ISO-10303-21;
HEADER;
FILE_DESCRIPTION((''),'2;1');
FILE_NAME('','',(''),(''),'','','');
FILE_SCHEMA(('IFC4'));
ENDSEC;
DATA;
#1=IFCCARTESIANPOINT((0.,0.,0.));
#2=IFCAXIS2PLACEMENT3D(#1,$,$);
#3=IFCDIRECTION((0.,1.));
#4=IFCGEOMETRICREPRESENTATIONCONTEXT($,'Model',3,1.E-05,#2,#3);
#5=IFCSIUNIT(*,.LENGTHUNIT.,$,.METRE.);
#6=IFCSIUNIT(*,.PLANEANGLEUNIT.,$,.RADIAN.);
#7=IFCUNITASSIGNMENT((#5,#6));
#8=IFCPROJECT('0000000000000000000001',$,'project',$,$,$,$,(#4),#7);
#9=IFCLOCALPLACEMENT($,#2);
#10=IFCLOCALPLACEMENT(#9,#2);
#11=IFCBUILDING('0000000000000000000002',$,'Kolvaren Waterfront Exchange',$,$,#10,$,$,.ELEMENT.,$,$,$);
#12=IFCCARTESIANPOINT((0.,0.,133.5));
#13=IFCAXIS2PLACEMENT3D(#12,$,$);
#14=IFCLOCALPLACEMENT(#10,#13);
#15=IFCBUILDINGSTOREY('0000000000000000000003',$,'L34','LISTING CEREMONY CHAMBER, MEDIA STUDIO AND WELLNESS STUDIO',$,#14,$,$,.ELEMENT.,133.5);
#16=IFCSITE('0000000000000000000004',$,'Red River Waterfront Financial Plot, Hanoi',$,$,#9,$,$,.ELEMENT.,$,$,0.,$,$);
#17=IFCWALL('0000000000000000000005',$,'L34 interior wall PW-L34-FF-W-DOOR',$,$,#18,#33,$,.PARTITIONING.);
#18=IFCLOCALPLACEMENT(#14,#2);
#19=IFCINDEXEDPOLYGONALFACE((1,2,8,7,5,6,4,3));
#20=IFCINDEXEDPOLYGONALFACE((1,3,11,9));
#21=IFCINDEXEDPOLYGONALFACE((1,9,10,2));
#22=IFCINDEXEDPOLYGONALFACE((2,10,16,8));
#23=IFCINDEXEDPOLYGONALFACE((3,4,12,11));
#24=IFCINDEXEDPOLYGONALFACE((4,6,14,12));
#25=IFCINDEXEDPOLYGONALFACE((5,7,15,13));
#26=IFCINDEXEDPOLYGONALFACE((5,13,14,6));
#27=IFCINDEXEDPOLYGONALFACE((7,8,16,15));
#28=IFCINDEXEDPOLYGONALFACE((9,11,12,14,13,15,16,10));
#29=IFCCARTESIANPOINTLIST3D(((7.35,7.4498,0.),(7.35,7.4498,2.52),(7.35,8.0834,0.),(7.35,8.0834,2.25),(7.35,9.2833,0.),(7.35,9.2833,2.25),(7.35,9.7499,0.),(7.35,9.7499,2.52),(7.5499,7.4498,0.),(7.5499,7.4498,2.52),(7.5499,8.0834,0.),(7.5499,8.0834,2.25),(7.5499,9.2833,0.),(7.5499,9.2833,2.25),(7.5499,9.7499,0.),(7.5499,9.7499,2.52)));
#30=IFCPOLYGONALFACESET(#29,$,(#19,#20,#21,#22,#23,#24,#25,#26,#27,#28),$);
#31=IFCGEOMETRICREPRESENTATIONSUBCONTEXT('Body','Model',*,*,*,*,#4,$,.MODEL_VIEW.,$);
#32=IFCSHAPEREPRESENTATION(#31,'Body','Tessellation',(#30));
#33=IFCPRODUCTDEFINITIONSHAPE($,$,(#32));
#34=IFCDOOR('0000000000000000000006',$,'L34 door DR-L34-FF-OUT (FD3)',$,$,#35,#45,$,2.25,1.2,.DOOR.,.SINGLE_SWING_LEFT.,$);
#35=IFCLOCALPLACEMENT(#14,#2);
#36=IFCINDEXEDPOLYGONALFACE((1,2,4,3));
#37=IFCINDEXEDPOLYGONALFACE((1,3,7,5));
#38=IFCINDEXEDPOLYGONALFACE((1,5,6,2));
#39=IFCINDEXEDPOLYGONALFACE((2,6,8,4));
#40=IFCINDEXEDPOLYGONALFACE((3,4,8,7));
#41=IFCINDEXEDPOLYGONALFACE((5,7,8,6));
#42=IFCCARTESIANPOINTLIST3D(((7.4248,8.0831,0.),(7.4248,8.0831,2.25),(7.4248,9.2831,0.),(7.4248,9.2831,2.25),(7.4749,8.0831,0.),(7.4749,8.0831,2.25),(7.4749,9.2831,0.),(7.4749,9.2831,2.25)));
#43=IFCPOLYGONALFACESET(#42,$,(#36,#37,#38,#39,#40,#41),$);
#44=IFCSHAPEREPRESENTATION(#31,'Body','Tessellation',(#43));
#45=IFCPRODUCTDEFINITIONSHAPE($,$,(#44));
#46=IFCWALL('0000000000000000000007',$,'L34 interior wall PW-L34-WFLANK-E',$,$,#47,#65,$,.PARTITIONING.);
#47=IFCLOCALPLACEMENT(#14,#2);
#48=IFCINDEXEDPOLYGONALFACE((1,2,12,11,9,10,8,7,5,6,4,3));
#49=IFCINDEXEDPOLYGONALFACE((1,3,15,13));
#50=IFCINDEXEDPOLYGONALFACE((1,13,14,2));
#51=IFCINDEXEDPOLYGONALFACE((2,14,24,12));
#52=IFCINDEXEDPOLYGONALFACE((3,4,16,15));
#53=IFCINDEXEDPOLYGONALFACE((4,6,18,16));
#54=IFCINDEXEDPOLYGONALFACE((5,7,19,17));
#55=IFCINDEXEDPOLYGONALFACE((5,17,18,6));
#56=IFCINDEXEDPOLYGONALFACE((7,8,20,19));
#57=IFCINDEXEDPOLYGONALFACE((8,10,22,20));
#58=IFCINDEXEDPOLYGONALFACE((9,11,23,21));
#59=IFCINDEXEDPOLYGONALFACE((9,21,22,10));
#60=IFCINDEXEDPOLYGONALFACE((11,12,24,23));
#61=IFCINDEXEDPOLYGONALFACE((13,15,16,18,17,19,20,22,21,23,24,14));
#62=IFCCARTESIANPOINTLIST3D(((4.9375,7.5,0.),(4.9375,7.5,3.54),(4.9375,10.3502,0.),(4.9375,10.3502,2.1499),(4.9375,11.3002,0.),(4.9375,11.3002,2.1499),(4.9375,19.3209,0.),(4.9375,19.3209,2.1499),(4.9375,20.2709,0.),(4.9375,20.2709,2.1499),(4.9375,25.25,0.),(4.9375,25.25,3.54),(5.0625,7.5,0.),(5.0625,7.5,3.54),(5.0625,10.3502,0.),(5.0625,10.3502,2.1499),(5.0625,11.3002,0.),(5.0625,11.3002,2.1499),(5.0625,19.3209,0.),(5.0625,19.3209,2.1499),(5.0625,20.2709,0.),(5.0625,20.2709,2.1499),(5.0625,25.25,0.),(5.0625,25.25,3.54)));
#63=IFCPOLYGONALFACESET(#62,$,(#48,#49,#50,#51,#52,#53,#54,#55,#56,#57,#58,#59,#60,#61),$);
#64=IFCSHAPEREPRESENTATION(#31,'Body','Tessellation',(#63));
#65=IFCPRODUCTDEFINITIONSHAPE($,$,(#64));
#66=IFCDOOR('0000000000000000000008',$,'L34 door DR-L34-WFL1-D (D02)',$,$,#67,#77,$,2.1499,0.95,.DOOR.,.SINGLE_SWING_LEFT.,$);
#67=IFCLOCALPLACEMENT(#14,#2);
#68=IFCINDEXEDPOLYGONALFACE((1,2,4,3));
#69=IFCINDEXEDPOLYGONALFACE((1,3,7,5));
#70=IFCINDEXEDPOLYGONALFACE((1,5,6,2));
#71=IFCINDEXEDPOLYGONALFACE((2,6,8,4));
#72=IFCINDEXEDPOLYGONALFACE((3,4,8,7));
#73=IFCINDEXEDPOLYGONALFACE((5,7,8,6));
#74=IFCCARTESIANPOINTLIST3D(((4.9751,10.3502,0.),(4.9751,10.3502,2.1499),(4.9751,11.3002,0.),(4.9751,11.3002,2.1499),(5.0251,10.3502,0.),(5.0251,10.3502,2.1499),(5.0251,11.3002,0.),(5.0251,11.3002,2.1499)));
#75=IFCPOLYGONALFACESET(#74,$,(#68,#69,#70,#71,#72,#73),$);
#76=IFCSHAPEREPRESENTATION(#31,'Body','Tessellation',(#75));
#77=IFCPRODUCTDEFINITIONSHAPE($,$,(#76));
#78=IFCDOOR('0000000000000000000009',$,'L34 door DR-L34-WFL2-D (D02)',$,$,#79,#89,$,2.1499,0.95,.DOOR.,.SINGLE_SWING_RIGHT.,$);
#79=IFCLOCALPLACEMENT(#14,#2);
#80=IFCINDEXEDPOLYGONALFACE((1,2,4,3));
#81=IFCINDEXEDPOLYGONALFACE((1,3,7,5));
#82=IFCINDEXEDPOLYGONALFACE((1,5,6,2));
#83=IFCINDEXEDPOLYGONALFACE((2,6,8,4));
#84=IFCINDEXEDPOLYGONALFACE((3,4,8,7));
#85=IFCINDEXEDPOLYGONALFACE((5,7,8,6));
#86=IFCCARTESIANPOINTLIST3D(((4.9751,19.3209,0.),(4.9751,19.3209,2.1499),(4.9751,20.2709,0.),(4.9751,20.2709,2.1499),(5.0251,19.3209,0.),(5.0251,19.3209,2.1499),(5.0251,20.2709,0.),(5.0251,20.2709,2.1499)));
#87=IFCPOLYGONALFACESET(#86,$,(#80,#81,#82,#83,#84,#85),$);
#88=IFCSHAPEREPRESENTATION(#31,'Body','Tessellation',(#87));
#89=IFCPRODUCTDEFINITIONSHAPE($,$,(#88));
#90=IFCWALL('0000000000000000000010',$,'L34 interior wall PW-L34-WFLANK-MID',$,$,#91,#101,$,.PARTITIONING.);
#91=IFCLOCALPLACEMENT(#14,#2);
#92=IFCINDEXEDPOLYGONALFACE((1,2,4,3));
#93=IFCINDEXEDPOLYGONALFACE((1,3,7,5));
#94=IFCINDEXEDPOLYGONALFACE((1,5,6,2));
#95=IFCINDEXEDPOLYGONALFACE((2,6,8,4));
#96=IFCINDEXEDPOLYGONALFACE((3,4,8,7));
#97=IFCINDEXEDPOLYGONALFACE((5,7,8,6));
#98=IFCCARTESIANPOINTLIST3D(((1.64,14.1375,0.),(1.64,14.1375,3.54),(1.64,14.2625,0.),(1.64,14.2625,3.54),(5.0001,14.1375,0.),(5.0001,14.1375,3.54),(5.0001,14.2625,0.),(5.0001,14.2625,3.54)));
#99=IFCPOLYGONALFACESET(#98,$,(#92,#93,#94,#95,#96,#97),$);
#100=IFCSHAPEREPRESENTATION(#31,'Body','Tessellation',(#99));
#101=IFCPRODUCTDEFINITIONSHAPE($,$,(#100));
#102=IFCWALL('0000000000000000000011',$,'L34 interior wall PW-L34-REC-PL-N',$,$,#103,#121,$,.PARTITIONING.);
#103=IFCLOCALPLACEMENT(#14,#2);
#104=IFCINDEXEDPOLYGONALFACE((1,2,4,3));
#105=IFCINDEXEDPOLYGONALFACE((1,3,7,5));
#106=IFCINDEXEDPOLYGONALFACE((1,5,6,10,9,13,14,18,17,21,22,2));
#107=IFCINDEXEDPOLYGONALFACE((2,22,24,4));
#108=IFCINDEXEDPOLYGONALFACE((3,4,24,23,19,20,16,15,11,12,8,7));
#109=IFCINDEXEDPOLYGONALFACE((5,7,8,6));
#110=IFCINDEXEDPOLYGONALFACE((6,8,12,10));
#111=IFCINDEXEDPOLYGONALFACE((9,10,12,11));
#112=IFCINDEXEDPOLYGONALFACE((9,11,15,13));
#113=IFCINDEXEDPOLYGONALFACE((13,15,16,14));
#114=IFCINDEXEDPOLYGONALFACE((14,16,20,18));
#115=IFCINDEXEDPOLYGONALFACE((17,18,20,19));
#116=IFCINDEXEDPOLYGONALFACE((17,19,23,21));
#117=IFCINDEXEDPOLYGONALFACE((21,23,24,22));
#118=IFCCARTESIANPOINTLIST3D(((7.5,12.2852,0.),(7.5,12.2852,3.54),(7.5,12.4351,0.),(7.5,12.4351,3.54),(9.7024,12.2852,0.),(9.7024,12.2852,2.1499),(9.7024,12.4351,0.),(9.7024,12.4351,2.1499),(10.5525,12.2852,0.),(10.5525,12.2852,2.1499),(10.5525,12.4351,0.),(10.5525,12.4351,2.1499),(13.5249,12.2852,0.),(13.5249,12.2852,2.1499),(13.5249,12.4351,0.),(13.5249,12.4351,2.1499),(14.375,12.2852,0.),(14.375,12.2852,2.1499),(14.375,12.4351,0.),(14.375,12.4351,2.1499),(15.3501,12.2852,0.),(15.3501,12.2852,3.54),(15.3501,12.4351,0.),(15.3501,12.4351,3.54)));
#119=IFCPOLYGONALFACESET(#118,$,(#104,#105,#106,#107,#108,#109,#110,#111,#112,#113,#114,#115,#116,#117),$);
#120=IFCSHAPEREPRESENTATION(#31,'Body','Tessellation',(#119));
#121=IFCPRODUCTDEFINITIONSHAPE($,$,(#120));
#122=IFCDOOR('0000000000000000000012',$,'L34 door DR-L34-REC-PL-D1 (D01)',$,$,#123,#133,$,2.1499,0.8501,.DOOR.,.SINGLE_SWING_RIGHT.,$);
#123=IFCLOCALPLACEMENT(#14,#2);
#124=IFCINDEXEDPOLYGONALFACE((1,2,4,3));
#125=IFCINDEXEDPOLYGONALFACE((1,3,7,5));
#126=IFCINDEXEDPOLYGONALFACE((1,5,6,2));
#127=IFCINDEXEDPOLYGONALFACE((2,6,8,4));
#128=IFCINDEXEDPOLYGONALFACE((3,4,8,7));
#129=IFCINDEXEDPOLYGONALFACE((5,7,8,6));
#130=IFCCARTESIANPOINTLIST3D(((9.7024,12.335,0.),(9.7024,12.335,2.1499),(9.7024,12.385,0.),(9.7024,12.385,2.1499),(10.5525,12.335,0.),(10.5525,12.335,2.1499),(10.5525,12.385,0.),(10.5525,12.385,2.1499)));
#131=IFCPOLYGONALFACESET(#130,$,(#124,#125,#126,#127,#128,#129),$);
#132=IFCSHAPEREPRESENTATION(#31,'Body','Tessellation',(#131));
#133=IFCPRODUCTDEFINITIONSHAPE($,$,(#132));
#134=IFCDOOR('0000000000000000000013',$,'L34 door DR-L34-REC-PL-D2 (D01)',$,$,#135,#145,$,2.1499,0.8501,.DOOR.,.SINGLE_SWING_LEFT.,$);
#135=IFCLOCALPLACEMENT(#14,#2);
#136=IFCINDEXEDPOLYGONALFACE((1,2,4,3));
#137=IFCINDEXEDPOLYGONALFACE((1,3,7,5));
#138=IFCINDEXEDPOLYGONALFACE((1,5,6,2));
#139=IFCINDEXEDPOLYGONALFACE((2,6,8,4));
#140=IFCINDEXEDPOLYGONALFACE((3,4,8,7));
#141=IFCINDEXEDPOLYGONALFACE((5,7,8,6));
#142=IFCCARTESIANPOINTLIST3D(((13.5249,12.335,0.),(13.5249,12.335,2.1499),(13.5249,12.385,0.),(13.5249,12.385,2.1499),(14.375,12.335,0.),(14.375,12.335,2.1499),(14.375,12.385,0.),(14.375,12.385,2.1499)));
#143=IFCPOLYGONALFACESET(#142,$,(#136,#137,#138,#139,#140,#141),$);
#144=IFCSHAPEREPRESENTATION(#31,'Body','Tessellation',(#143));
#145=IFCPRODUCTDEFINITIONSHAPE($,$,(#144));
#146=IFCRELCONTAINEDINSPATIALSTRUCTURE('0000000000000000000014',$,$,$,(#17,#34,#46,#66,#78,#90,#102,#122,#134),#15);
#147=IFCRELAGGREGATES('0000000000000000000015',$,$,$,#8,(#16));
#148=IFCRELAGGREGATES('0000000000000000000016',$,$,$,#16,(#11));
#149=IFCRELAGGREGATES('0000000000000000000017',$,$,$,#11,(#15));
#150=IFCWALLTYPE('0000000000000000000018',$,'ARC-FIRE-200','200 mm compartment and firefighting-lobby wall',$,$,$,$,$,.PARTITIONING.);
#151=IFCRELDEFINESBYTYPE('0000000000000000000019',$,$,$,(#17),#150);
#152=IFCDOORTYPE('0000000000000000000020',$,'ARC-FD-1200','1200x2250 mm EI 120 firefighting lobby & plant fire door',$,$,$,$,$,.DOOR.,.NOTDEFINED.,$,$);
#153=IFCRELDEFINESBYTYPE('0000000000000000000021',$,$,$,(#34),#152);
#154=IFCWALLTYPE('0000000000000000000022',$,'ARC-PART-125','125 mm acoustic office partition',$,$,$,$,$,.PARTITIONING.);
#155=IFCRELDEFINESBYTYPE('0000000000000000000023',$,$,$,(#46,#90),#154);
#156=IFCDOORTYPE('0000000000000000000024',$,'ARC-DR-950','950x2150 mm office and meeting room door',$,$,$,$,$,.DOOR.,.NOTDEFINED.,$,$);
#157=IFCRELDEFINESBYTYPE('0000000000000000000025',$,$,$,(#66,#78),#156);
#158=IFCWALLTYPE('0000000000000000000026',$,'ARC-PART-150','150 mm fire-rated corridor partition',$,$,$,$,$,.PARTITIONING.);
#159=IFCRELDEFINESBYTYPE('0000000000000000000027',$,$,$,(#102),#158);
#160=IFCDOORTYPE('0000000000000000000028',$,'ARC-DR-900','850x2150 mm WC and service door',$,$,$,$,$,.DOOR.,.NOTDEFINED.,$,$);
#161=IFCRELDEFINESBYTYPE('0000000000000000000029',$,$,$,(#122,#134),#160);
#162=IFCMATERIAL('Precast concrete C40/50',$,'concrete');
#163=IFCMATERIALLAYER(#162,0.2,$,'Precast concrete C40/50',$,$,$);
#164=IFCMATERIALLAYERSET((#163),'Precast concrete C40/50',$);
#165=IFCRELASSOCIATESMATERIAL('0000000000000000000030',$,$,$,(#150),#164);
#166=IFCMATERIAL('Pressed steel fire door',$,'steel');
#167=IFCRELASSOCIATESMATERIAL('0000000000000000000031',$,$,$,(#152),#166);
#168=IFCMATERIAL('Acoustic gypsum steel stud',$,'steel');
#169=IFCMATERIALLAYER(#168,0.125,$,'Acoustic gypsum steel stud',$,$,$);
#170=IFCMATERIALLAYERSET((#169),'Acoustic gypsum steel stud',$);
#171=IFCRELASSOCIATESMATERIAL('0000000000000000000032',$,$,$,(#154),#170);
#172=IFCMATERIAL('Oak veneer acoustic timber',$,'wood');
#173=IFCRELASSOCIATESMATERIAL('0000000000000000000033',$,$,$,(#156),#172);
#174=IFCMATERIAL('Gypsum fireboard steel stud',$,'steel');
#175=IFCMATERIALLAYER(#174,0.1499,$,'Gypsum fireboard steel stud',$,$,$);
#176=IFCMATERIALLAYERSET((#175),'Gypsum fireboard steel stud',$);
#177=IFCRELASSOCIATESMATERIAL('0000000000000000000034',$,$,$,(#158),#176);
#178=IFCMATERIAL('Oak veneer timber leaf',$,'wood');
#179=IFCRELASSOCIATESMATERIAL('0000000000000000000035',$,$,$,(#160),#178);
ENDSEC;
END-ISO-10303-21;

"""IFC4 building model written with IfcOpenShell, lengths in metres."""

from ifc_helpers import new_model, si_unit, direction, frame, frame_2d, origin, place, context, subcontext, project, spatial, rectangle, extrude, material, layer, layer_set, type_object, element, fill, save


model = new_model("IFC4")

# Units and contexts
model_context = context("Model", 3, precision=1e-05, world=origin(), true_north=direction((0.0, 1.0)))
body_context = subcontext(model_context, "Body", "Model", "MODEL_VIEW")
ifc_project = project(units=[si_unit("LENGTHUNIT", "METRE"), si_unit("PLANEANGLEUNIT", "RADIAN")], contexts=[model_context])

# Site, building, storey
site_placement = place(None, origin())
site = spatial("IfcSite", under=ifc_project, at=site_placement, Name="Red River Waterfront Financial Plot, Hanoi", CompositionType="ELEMENT", RefElevation=0.0)
building_placement = place(site_placement, origin())
building = spatial("IfcBuilding", under=site, at=building_placement, Name="Kolvaren Waterfront Exchange", CompositionType="ELEMENT")
storey_placement = place(building_placement, frame((0.0, 0.0, 133.5)))
storey = spatial("IfcBuildingStorey", under=building, at=storey_placement, Name="L34", Description="LISTING CEREMONY CHAMBER, MEDIA STUDIO AND WELLNESS STUDIO", CompositionType="ELEMENT", Elevation=133.5)

# Shared definitions
ifc_material_1 = material(Name="Precast concrete C40/50", Category="concrete")
ifc_layer_1 = layer(ifc_material_1, 0.2, Name="Precast concrete C40/50")
ifc_layer_set_1 = layer_set([ifc_layer_1], Name="Precast concrete C40/50")
wall_type_1 = type_object("IfcWallType", Name="ARC-FIRE-200", Description="200 mm compartment and firefighting-lobby wall", PredefinedType="PARTITIONING", material=ifc_layer_set_1)

# Wall, opening, door
wall_1_placement = place(storey_placement, frame((7.45, 7.45, 0.0), z_axis=(0.0, 0.0, 1.0), x_axis=(0.0, 1.0, 0.0)))
wall_1 = element("IfcWall", 1, at=wall_1_placement, inside=storey, type_object=wall_type_1, Name="L34 interior wall PW-L34-FF-W-DOOR", PredefinedType="PARTITIONING", context=body_context, shape_type="SweptSolid", body=[
    extrude(rectangle(XDim=2.3, YDim=0.2, at=frame_2d((1.1499, 0.0))), origin(), (0.0, 0.0, 1.0), 2.52),
])
opening_1_placement = place(wall_1_placement, frame((0.6333, 0.0, 0.0)))
opening_1 = element("IfcOpeningElement", 2, at=opening_1_placement, cuts=wall_1, PredefinedType="OPENING", context=body_context, shape_type="SweptSolid", body=[
    extrude(rectangle(XDim=1.2, YDim=2.25, at=frame_2d((0.6001, 1.125))), frame((0.0, 0.1099, 0.0), z_axis=(0.0, -1.0, 0.0), x_axis=(1.0, 0.0, 0.0)), (0.0, 0.0, 1.0), 0.22),
])
ifc_material_2 = material(Name="Pressed steel fire door", Category="steel")
door_type_1 = type_object("IfcDoorType", Name="ARC-FD-1200", Description="1200x2250 mm EI 120 firefighting lobby & plant fire door", OperationType="NOTDEFINED", PredefinedType="DOOR", material=ifc_material_2)
door_1_placement = place(opening_1_placement, frame((1.2, 0.0, 0.0), z_axis=(0.0, 0.0, 1.0), x_axis=(-1.0, 0.0, 0.0)))
door_1 = element("IfcDoor", 3, at=door_1_placement, inside=storey, type_object=door_type_1, Name="L34 door DR-L34-FF-OUT (FD3)", OperationType="SINGLE_SWING_LEFT", OverallHeight=2.25, OverallWidth=1.2, PredefinedType="DOOR", context=body_context, shape_type="SweptSolid", body=[
    extrude(rectangle(XDim=1.2, YDim=2.25, at=frame_2d((0.6001, 1.125))), frame((0.0, 0.0249, 0.0), z_axis=(0.0, -1.0, 0.0), x_axis=(1.0, 0.0, 0.0)), (0.0, 0.0, 1.0), 0.05),
])
fill(opening_1, door_1)

# Wall, openings, doors
ifc_material_3 = material(Name="Acoustic gypsum steel stud", Category="steel")
ifc_layer_2 = layer(ifc_material_3, 0.125, Name="Acoustic gypsum steel stud")
ifc_layer_set_2 = layer_set([ifc_layer_2], Name="Acoustic gypsum steel stud")
wall_type_2 = type_object("IfcWallType", Name="ARC-PART-125", Description="125 mm acoustic office partition", PredefinedType="PARTITIONING", material=ifc_layer_set_2)
wall_2_placement = place(storey_placement, frame((5.0, 7.5, 0.0), z_axis=(0.0, 0.0, 1.0), x_axis=(0.0, 1.0, 0.0)))
wall_2 = element("IfcWall", 4, at=wall_2_placement, inside=storey, type_object=wall_type_2, Name="L34 interior wall PW-L34-WFLANK-E", PredefinedType="PARTITIONING", context=body_context, shape_type="SweptSolid", body=[
    extrude(rectangle(XDim=17.75, YDim=0.125, at=frame_2d((8.875, 0.0))), origin(), (0.0, 0.0, 1.0), 3.54),
])
opening_2_placement = place(wall_2_placement, frame((2.8501, 0.0, 0.0)))
opening_2 = element("IfcOpeningElement", 5, at=opening_2_placement, cuts=wall_2, PredefinedType="OPENING", context=body_context, shape_type="SweptSolid", body=[
    extrude(rectangle(XDim=0.95, YDim=2.1499, at=frame_2d((0.4751, 1.075))), frame((0.0, 0.0725, 0.0), z_axis=(0.0, -1.0, 0.0), x_axis=(1.0, 0.0, 0.0)), (0.0, 0.0, 1.0), 0.145),
])
opening_3_placement = place(wall_2_placement, frame((11.8208, 0.0, 0.0)))
opening_3 = element("IfcOpeningElement", 6, at=opening_3_placement, cuts=wall_2, PredefinedType="OPENING", context=body_context, shape_type="SweptSolid", body=[
    extrude(rectangle(XDim=0.95, YDim=2.1499, at=frame_2d((0.4751, 1.075))), frame((0.0, 0.0725, 0.0), z_axis=(0.0, -1.0, 0.0), x_axis=(1.0, 0.0, 0.0)), (0.0, 0.0, 1.0), 0.145),
])
ifc_material_4 = material(Name="Oak veneer acoustic timber", Category="wood")
door_type_2 = type_object("IfcDoorType", Name="ARC-DR-950", Description="950x2150 mm office and meeting room door", OperationType="NOTDEFINED", PredefinedType="DOOR", material=ifc_material_4)
door_2_placement = place(opening_2_placement, origin())
door_2 = element("IfcDoor", 7, at=door_2_placement, inside=storey, type_object=door_type_2, Name="L34 door DR-L34-WFL1-D (D02)", OperationType="SINGLE_SWING_LEFT", OverallHeight=2.1499, OverallWidth=0.95, PredefinedType="DOOR", context=body_context, shape_type="SweptSolid", body=[
    extrude(rectangle(XDim=0.95, YDim=2.1499, at=frame_2d((0.4751, 1.075))), frame((0.0, 0.0249, 0.0), z_axis=(0.0, -1.0, 0.0), x_axis=(1.0, 0.0, 0.0)), (0.0, 0.0, 1.0), 0.05),
])
fill(opening_2, door_2)
door_3_placement = place(opening_3_placement, origin())
door_3 = element("IfcDoor", 8, at=door_3_placement, inside=storey, type_object=door_type_2, Name="L34 door DR-L34-WFL2-D (D02)", OperationType="SINGLE_SWING_RIGHT", OverallHeight=2.1499, OverallWidth=0.95, PredefinedType="DOOR", context=body_context, shape_type="SweptSolid", body=[
    extrude(rectangle(XDim=0.95, YDim=2.1499, at=frame_2d((0.4751, 1.075))), frame((0.0, 0.0249, 0.0), z_axis=(0.0, -1.0, 0.0), x_axis=(1.0, 0.0, 0.0)), (0.0, 0.0, 1.0), 0.05),
])
fill(opening_3, door_3)

# Wall
wall_3_placement = place(storey_placement, frame((1.6399, 14.2, 0.0), z_axis=(0.0, 0.0, 1.0), x_axis=(1.0, 0.0, 0.0)))
element("IfcWall", 9, at=wall_3_placement, inside=storey, type_object=wall_type_2, Name="L34 interior wall PW-L34-WFLANK-MID", PredefinedType="PARTITIONING", context=body_context, shape_type="SweptSolid", body=[
    extrude(rectangle(XDim=3.3601, YDim=0.125, at=frame_2d((1.6802, 0.0))), origin(), (0.0, 0.0, 1.0), 3.54),
])

# Wall, openings, doors
ifc_material_5 = material(Name="Gypsum fireboard steel stud", Category="steel")
ifc_layer_3 = layer(ifc_material_5, 0.1499, Name="Gypsum fireboard steel stud")
ifc_layer_set_3 = layer_set([ifc_layer_3], Name="Gypsum fireboard steel stud")
wall_type_3 = type_object("IfcWallType", Name="ARC-PART-150", Description="150 mm fire-rated corridor partition", PredefinedType="PARTITIONING", material=ifc_layer_set_3)
wall_4_placement = place(storey_placement, frame((7.5, 12.3601, 0.0), z_axis=(0.0, 0.0, 1.0), x_axis=(1.0, 0.0, 0.0)))
wall_4 = element("IfcWall", 10, at=wall_4_placement, inside=storey, type_object=wall_type_3, Name="L34 interior wall PW-L34-REC-PL-N", PredefinedType="PARTITIONING", context=body_context, shape_type="SweptSolid", body=[
    extrude(rectangle(XDim=7.8501, YDim=0.1499, at=frame_2d((3.925, 0.0))), origin(), (0.0, 0.0, 1.0), 3.54),
])
opening_4_placement = place(wall_4_placement, frame((2.2024, 0.0, 0.0)))
opening_4 = element("IfcOpeningElement", 11, at=opening_4_placement, cuts=wall_4, PredefinedType="OPENING", context=body_context, shape_type="SweptSolid", body=[
    extrude(rectangle(XDim=0.8501, YDim=2.1499, at=frame_2d((0.425, 1.075))), frame((0.0, 0.085, 0.0), z_axis=(0.0, -1.0, 0.0), x_axis=(1.0, 0.0, 0.0)), (0.0, 0.0, 1.0), 0.1699),
])
opening_5_placement = place(wall_4_placement, frame((6.0249, 0.0, 0.0)))
opening_5 = element("IfcOpeningElement", 12, at=opening_5_placement, cuts=wall_4, PredefinedType="OPENING", context=body_context, shape_type="SweptSolid", body=[
    extrude(rectangle(XDim=0.8501, YDim=2.1499, at=frame_2d((0.425, 1.075))), frame((0.0, 0.085, 0.0), z_axis=(0.0, -1.0, 0.0), x_axis=(1.0, 0.0, 0.0)), (0.0, 0.0, 1.0), 0.1699),
])
ifc_material_6 = material(Name="Oak veneer timber leaf", Category="wood")
door_type_3 = type_object("IfcDoorType", Name="ARC-DR-900", Description="850x2150 mm WC and service door", OperationType="NOTDEFINED", PredefinedType="DOOR", material=ifc_material_6)
door_4_placement = place(opening_4_placement, origin())
door_4 = element("IfcDoor", 13, at=door_4_placement, inside=storey, type_object=door_type_3, Name="L34 door DR-L34-REC-PL-D1 (D01)", OperationType="SINGLE_SWING_RIGHT", OverallHeight=2.1499, OverallWidth=0.8501, PredefinedType="DOOR", context=body_context, shape_type="SweptSolid", body=[
    extrude(rectangle(XDim=0.8501, YDim=2.1499, at=frame_2d((0.425, 1.075))), frame((0.0, 0.0249, 0.0), z_axis=(0.0, -1.0, 0.0), x_axis=(1.0, 0.0, 0.0)), (0.0, 0.0, 1.0), 0.05),
])
fill(opening_4, door_4)
door_5_placement = place(opening_5_placement, origin())
door_5 = element("IfcDoor", 14, at=door_5_placement, inside=storey, type_object=door_type_3, Name="L34 door DR-L34-REC-PL-D2 (D01)", OperationType="SINGLE_SWING_LEFT", OverallHeight=2.1499, OverallWidth=0.8501, PredefinedType="DOOR", context=body_context, shape_type="SweptSolid", body=[
    extrude(rectangle(XDim=0.8501, YDim=2.1499, at=frame_2d((0.425, 1.075))), frame((0.0, 0.0249, 0.0), z_axis=(0.0, -1.0, 0.0), x_axis=(1.0, 0.0, 0.0)), (0.0, 0.0, 1.0), 0.05),
])
fill(opening_5, door_5)

save(model, "model.ifc")
